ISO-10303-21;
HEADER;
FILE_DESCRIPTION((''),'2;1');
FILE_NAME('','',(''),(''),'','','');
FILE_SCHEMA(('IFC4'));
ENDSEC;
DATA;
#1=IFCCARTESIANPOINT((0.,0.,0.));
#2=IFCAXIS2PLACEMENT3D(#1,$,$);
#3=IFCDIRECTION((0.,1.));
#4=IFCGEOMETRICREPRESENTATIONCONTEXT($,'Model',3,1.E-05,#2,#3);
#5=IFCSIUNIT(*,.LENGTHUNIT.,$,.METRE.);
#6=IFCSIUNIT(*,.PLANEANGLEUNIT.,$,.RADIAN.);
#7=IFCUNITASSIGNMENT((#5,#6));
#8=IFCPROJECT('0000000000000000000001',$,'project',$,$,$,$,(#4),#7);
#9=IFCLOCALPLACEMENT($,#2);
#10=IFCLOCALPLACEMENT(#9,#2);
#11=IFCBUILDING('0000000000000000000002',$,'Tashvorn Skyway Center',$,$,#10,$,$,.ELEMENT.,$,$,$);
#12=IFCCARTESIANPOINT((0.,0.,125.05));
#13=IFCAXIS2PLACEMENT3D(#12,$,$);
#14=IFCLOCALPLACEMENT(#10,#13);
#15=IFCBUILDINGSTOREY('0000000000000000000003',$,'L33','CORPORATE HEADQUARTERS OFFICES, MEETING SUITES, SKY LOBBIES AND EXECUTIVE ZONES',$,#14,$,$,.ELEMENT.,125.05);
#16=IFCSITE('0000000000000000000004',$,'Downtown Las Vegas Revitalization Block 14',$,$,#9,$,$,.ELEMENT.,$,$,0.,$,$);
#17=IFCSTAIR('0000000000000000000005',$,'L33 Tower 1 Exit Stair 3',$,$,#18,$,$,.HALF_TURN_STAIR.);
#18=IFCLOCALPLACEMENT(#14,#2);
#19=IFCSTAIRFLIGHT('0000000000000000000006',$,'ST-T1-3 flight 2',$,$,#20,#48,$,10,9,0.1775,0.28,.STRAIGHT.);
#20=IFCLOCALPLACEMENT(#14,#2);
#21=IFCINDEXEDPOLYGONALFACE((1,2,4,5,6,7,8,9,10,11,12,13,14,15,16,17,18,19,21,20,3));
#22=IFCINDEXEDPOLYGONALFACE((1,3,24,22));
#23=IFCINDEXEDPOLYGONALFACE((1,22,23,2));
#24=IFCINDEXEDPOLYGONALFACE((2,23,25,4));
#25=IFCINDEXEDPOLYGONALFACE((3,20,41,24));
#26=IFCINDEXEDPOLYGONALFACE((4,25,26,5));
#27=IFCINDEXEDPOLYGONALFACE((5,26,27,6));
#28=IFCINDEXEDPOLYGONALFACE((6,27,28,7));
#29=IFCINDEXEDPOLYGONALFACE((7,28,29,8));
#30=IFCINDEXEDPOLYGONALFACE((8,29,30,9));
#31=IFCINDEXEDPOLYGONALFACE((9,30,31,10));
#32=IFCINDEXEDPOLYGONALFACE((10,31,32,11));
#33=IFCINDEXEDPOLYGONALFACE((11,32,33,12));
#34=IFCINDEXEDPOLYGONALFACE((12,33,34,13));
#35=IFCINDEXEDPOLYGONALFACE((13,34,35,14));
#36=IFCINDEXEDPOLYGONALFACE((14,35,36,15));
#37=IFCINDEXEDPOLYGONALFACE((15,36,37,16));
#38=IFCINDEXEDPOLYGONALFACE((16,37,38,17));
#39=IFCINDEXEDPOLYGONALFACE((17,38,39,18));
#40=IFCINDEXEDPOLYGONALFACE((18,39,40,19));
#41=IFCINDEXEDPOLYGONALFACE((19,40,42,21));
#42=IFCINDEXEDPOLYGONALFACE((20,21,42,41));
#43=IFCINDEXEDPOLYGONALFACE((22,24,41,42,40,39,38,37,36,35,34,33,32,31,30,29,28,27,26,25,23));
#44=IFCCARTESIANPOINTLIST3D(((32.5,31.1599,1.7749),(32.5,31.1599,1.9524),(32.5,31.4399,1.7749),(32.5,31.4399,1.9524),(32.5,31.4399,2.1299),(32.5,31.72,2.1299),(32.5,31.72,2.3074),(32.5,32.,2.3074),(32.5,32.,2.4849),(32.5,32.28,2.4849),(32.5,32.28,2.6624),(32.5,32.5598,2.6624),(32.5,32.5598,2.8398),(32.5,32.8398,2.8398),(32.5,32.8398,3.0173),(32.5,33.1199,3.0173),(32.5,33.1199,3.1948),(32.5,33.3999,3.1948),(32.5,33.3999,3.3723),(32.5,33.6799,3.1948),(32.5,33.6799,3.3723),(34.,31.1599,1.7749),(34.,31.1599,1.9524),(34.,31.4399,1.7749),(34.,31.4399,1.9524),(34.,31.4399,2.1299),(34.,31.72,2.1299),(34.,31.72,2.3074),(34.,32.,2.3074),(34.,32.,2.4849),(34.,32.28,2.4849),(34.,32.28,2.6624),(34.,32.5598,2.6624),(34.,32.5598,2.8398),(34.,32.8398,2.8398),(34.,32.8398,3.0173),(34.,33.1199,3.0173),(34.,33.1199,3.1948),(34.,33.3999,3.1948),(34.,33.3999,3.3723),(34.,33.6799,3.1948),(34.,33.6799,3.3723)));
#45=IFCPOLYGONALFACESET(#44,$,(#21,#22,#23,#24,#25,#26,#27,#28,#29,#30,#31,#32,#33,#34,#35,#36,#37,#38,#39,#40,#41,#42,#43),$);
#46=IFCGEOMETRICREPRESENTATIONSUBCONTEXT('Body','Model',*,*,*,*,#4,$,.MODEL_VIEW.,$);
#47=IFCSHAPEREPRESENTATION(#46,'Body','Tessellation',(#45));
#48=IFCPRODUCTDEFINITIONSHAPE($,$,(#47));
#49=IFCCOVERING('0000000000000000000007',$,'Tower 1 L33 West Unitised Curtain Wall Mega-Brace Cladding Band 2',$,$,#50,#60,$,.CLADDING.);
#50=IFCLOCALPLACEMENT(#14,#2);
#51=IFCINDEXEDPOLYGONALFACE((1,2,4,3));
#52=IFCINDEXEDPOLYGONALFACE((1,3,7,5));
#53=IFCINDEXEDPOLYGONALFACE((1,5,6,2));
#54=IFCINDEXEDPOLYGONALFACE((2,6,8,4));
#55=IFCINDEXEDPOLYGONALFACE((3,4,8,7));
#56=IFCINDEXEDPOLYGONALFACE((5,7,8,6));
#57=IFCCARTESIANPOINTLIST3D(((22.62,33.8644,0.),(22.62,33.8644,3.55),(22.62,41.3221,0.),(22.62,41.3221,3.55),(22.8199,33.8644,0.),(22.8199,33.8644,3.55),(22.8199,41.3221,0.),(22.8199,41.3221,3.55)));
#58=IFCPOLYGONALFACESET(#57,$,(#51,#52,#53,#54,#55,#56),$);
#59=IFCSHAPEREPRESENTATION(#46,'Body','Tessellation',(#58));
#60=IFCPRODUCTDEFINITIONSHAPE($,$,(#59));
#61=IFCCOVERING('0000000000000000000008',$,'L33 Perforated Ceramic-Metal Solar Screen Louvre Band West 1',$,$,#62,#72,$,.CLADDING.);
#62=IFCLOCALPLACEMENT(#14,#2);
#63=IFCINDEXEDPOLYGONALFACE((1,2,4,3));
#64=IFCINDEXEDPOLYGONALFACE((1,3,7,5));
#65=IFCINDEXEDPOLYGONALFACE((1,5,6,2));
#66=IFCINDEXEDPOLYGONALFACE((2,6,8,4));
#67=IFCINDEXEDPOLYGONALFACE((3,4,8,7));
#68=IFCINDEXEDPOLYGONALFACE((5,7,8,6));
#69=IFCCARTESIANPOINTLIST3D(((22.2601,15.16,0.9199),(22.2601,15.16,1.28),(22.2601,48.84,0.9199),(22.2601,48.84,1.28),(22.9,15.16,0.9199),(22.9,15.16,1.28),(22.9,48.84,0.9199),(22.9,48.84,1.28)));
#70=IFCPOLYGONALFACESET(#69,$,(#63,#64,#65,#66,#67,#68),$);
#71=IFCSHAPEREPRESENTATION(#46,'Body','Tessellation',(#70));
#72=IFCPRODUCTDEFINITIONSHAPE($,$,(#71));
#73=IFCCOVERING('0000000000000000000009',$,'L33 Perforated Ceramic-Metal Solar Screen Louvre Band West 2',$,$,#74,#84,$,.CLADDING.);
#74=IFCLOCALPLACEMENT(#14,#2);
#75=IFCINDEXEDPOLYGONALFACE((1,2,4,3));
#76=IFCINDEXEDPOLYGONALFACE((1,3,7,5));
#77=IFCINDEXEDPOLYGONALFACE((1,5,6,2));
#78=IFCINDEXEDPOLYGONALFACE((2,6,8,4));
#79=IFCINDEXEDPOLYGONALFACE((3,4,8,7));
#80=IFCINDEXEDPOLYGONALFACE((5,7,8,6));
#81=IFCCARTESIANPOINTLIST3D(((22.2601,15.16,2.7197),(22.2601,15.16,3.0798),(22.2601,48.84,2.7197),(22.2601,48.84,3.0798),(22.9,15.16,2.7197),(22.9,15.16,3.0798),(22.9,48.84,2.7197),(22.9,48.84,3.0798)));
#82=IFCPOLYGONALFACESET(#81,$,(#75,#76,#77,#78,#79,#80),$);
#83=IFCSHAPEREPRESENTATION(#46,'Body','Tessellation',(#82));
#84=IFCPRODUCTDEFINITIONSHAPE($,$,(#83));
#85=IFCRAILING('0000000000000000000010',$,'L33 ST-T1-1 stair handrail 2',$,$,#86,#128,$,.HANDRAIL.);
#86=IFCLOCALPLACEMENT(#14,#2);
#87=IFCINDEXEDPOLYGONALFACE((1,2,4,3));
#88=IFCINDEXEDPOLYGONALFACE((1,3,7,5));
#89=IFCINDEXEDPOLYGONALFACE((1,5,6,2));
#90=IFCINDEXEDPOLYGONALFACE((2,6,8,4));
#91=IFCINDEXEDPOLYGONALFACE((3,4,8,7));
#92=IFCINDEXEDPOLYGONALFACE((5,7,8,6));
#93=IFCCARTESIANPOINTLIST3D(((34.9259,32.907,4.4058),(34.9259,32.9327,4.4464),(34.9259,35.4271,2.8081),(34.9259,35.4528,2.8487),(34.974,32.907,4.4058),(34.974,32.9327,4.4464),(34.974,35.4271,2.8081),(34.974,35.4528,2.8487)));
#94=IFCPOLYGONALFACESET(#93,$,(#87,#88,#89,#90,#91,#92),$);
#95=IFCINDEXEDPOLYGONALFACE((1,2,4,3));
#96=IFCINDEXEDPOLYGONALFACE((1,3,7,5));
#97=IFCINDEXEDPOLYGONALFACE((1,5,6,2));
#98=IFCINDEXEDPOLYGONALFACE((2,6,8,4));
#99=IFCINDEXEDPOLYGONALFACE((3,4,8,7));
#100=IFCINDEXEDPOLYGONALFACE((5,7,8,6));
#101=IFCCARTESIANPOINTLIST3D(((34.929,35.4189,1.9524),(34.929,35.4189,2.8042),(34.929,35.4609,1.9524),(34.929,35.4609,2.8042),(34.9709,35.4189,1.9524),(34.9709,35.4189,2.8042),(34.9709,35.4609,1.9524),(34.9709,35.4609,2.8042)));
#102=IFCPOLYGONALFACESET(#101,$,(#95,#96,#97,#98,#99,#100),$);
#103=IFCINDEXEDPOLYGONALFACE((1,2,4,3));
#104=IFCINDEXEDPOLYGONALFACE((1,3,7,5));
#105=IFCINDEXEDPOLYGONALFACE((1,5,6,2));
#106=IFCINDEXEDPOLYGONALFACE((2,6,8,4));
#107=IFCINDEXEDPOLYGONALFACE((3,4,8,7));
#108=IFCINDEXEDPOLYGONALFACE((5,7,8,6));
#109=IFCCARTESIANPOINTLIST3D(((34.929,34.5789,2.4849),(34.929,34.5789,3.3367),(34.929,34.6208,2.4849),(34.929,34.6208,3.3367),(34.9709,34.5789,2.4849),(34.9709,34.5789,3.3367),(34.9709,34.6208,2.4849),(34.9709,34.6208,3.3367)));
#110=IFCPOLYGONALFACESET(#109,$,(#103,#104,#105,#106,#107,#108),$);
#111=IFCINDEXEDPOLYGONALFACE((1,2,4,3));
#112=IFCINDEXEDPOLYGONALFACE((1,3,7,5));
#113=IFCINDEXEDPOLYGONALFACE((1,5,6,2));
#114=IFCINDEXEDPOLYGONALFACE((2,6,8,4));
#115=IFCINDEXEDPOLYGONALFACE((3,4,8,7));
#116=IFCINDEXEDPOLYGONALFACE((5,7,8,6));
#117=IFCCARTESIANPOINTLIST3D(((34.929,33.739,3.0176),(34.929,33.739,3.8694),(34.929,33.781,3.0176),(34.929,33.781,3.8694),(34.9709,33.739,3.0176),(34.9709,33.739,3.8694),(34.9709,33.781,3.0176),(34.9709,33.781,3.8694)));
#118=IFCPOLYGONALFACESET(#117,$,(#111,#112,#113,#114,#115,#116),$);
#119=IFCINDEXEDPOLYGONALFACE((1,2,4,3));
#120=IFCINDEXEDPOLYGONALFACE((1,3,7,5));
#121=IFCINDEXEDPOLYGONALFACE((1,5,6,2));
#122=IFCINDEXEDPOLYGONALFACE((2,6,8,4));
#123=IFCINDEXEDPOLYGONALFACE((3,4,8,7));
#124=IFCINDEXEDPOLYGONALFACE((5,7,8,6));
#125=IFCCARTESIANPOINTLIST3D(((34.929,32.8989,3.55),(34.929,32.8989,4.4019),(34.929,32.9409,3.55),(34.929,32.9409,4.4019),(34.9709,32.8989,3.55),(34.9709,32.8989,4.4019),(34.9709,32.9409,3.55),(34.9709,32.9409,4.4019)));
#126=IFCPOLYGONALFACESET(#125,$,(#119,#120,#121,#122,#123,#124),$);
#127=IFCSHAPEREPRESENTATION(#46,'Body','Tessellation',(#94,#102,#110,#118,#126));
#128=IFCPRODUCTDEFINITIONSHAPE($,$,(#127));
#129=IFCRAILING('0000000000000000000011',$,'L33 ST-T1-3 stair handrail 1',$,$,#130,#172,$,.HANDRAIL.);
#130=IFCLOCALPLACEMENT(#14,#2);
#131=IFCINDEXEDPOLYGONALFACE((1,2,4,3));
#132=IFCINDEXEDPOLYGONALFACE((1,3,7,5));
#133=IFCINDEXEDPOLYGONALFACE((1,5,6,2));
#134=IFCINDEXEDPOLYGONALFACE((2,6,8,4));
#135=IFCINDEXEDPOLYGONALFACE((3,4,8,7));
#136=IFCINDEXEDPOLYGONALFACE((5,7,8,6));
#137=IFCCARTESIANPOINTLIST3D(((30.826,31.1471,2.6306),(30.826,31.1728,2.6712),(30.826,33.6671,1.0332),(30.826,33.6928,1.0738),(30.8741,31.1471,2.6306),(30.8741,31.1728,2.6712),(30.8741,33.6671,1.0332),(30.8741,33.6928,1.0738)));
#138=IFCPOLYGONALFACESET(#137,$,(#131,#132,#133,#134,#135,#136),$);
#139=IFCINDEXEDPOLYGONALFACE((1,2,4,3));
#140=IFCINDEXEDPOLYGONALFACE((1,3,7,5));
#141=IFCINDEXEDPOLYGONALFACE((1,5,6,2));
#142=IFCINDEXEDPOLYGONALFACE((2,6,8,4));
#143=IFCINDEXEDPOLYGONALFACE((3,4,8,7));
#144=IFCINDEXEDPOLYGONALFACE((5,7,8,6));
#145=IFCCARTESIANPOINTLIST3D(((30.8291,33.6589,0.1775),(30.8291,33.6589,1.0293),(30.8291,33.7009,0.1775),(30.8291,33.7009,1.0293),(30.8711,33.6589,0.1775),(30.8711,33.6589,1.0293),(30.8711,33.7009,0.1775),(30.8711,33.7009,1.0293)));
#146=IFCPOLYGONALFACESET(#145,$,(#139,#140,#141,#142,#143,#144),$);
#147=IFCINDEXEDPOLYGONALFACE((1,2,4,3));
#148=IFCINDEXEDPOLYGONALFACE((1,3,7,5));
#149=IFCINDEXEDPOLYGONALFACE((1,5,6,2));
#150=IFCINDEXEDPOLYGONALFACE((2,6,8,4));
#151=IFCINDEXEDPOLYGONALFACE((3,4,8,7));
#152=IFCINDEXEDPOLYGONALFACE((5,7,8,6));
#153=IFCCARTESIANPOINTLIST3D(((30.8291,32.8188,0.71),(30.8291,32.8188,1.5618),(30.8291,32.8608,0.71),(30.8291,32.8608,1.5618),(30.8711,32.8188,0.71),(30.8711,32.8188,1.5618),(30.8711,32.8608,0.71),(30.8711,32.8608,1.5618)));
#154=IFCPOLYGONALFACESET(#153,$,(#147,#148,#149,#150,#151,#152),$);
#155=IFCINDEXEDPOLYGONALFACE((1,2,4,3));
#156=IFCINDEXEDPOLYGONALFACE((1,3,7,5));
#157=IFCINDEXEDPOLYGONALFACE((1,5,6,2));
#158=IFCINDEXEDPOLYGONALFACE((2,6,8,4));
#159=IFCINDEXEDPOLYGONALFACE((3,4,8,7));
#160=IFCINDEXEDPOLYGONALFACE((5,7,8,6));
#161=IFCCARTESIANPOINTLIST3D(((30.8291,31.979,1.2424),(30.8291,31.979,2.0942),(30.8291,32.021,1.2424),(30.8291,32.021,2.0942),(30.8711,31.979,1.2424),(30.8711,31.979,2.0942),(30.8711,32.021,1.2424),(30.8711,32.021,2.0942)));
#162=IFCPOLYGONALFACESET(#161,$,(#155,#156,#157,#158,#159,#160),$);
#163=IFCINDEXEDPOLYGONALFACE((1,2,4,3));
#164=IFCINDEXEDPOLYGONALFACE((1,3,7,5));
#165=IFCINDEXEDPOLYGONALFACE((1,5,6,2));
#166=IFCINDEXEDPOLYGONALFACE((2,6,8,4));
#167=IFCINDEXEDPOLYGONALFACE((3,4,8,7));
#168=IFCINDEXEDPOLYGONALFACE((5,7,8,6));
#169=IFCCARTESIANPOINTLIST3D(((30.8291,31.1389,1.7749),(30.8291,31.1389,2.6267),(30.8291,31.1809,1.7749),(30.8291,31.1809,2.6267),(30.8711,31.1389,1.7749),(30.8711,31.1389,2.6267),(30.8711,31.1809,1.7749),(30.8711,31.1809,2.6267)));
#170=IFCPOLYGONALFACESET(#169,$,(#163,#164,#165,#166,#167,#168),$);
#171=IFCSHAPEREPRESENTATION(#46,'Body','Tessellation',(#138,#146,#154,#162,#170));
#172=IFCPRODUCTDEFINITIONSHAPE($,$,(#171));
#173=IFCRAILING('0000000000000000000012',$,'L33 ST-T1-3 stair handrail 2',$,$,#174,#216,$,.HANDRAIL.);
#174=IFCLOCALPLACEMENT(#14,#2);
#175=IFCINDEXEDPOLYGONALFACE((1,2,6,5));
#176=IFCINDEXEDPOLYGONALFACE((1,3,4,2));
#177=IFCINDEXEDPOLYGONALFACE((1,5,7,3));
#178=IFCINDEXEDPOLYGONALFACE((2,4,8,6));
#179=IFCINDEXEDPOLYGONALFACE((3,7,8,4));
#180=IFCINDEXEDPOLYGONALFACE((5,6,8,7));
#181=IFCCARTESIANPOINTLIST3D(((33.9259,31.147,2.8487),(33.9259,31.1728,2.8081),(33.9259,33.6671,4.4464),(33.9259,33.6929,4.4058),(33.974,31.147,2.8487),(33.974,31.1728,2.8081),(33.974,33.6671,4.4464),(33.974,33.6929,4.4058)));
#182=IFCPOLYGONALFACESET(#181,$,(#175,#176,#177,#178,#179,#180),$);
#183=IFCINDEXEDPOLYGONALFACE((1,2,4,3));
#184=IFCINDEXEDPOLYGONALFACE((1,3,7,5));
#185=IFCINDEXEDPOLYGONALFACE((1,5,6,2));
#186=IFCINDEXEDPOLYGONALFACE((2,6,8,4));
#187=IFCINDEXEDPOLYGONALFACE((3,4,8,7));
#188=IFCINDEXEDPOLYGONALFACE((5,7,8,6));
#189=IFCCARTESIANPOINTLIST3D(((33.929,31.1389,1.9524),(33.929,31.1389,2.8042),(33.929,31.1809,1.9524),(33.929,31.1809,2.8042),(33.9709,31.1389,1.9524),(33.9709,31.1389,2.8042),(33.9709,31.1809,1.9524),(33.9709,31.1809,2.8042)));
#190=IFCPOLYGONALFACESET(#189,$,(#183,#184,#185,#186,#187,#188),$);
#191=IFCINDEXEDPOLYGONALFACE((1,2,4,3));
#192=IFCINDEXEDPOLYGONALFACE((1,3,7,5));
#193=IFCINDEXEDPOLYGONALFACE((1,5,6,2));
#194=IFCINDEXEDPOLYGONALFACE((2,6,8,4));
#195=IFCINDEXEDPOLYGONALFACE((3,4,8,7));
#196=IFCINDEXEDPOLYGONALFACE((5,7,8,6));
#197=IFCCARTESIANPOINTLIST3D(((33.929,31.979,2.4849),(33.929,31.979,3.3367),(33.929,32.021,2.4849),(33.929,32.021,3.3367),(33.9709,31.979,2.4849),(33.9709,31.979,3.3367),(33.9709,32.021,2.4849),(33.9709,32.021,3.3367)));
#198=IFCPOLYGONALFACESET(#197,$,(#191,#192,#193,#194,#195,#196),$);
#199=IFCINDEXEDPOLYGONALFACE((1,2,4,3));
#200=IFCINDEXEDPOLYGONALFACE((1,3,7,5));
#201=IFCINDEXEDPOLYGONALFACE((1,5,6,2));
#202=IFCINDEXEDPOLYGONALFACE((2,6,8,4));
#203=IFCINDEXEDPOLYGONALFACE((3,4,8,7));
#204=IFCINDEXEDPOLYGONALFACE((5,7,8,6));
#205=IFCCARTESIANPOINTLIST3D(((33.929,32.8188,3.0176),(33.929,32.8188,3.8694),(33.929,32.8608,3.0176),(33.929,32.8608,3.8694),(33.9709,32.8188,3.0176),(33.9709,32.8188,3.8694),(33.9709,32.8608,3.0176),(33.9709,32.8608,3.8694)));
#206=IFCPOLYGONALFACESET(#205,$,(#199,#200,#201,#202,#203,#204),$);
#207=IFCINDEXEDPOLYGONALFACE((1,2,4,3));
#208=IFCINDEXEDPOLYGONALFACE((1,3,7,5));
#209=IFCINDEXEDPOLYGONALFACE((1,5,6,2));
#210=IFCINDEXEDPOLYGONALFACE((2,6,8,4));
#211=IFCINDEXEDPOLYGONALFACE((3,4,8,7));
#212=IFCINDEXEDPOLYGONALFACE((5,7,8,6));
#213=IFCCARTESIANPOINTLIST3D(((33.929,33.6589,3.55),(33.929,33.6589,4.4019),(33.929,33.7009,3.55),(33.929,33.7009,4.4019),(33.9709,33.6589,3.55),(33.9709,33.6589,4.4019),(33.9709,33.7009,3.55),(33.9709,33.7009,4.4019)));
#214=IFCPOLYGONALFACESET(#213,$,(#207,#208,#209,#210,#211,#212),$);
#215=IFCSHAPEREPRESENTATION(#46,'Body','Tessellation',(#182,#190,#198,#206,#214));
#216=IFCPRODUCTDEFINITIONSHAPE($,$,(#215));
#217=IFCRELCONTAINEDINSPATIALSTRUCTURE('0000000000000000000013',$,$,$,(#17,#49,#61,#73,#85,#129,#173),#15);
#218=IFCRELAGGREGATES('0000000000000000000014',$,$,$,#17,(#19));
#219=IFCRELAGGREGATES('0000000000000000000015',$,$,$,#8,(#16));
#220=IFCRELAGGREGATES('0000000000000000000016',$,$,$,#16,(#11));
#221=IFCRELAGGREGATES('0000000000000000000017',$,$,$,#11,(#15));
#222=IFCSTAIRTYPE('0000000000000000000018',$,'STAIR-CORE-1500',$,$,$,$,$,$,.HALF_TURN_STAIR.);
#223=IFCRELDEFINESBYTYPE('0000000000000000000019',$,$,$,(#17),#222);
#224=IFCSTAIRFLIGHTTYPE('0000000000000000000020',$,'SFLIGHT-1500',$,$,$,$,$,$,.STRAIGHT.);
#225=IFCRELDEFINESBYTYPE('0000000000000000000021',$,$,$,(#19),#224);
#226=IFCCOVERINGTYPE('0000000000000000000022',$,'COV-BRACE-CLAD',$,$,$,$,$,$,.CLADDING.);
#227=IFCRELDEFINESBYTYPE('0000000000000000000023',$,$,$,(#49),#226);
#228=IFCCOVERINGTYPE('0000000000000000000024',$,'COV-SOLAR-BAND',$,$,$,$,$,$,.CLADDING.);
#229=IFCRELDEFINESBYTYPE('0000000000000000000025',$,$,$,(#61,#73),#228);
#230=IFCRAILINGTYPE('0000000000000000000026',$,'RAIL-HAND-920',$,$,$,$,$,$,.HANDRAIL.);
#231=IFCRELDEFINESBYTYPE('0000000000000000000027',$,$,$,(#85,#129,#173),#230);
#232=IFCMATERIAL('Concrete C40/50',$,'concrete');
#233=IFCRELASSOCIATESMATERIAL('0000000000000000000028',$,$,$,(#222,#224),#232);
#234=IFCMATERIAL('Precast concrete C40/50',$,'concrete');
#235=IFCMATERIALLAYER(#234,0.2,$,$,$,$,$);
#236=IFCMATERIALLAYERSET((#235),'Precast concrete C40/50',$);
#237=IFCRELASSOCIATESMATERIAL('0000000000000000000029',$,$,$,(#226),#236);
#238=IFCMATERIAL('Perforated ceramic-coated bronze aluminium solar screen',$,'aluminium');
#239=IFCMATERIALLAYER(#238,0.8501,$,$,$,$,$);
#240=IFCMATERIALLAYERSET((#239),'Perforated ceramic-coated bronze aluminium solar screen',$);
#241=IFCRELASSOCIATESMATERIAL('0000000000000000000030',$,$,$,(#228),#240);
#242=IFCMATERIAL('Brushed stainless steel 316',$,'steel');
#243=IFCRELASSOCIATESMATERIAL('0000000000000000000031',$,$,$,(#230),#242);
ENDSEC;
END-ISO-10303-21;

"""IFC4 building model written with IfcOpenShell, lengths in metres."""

from ifc_helpers import new_model, si_unit, direction, frame, origin, origin_2d, place, context, subcontext, project, spatial, polyline, rectangle, outline, extrude, material, layer, layer_set, type_object, element, aggregate, save


model = new_model("IFC4")

# Units and contexts
model_context = context("Model", 3, precision=1e-05, world=origin(), true_north=direction((0.0, 1.0)))
body_context = subcontext(model_context, "Body", "Model", "MODEL_VIEW")
ifc_project = project(units=[si_unit("LENGTHUNIT", "METRE"), si_unit("PLANEANGLEUNIT", "RADIAN")], contexts=[model_context])

# Site, building, storey
site_placement = place(None, origin())
site = spatial("IfcSite", under=ifc_project, at=site_placement, Name="Downtown Las Vegas Revitalization Block 14", CompositionType="ELEMENT", RefElevation=0.0)
building_placement = place(site_placement, origin())
building = spatial("IfcBuilding", under=site, at=building_placement, Name="Tashvorn Skyway Center", CompositionType="ELEMENT")
storey_placement = place(building_placement, frame((0.0, 0.0, 125.05)))
storey = spatial("IfcBuildingStorey", under=building, at=storey_placement, Name="L33", Description="CORPORATE HEADQUARTERS OFFICES, MEETING SUITES, SKY LOBBIES AND EXECUTIVE ZONES", CompositionType="ELEMENT", Elevation=125.05)

# Shared definitions
ifc_material_1 = material(Name="Concrete C40/50", Category="concrete")

# Shared definitions
stair_type = type_object("IfcStairType", Name="STAIR-CORE-1500", PredefinedType="HALF_TURN_STAIR", material=ifc_material_1)
stair_flight_type = type_object("IfcStairFlightType", Name="SFLIGHT-1500", PredefinedType="STRAIGHT", material=ifc_material_1)

# Stair, stair flight
stair_1_placement = place(storey_placement, origin())
stair_1 = element("IfcStair", 1, at=stair_1_placement, inside=storey, type_object=stair_type, Name="L33 Tower 1 Exit Stair 3", PredefinedType="HALF_TURN_STAIR")
stair_flight_1_placement = place(storey_placement, frame((33.25, 31.1599, 1.7749), z_axis=(0.0, 0.0, 1.0), x_axis=(0.0, 1.0, 0.0)))
stair_flight_1 = element("IfcStairFlight", 2, at=stair_flight_1_placement, type_object=stair_flight_type, Name="ST-T1-3 flight 2", NumberOfRisers=10, NumberOfTreads=9, PredefinedType="STRAIGHT", RiserHeight=0.1775, TreadLength=0.28, context=body_context, shape_type="SweptSolid", body=[
    extrude(outline(polyline([(0.0, 0.0), (0.0, 0.1775), (0.28, 0.1775), (0.28, 0.355), (0.5601, 0.355), (0.5601, 0.5325), (0.8401, 0.5325), (0.8401, 0.71), (1.1201, 0.71), (1.1201, 0.8875), (1.3999, 0.8875), (1.3999, 1.0649), (1.6799, 1.0649), (1.6799, 1.2424), (1.96, 1.2424), (1.96, 1.4199), (2.24, 1.4199), (2.24, 1.5974), (2.52, 1.5974), (2.52, 1.7749), (2.52, 1.4199), (0.28, 0.0), (0.0, 0.0)])), frame((0.0, 0.75, 0.0), z_axis=(0.0, -1.0, 0.0), x_axis=(1.0, 0.0, 0.0)), (0.0, 0.0, 1.0), 1.5),
])
aggregate(stair_1, [stair_flight_1])

# Coverings
ifc_material_2 = material(Name="Precast concrete C40/50", Category="concrete")
ifc_layer_1 = layer(ifc_material_2, 0.2)
ifc_layer_set_1 = layer_set([ifc_layer_1], Name="Precast concrete C40/50")
covering_type_1 = type_object("IfcCoveringType", Name="COV-BRACE-CLAD", PredefinedType="CLADDING", material=ifc_layer_set_1)
covering_placement = place(storey_placement, frame((22.72, 37.5933, 0.0), z_axis=(0.0, 0.0, 1.0), x_axis=(0.0, 1.0, 0.0)))
element("IfcCovering", 3, at=covering_placement, inside=storey, type_object=covering_type_1, Name="Tower 1 L33 West Unitised Curtain Wall Mega-Brace Cladding Band 2", PredefinedType="CLADDING", context=body_context, shape_type="SweptSolid", body=[
    extrude(rectangle(XDim=7.4578, YDim=0.2, at=origin_2d()), origin(), (0.0, 0.0, 1.0), 3.55),
])
ifc_material_3 = material(Name="Perforated ceramic-coated bronze aluminium solar screen", Category="aluminium")
ifc_layer_2 = layer(ifc_material_3, 0.8501)
ifc_layer_set_2 = layer_set([ifc_layer_2], Name="Perforated ceramic-coated bronze aluminium solar screen")
covering_type_2 = type_object("IfcCoveringType", Name="COV-SOLAR-BAND", PredefinedType="CLADDING", material=ifc_layer_set_2)
for number, where, z_axis, x_axis, name in (
    (4, (22.5801, 32.0, 0.9199), (0.0, 0.0, 1.0), (0.0, 1.0, 0.0), "L33 Perforated Ceramic-Metal Solar Screen Louvre Band West 1"),
    (5, (22.5801, 32.0, 2.7197), (0.0, 0.0, 1.0), (0.0, 1.0, 0.0), "L33 Perforated Ceramic-Metal Solar Screen Louvre Band West 2"),
):
    element("IfcCovering", number, at=place(storey_placement, frame(where, z_axis=z_axis, x_axis=x_axis)), inside=storey, type_object=covering_type_2, Name=name, PredefinedType="CLADDING", context=body_context, shape_type="SweptSolid", body=[
        extrude(rectangle(XDim=33.6799, YDim=0.6399, at=origin_2d()), origin(), (0.0, 0.0, 1.0), 0.3601),
    ])

# Railings
ifc_material_4 = material(Name="Brushed stainless steel 316", Category="steel")
railing_type_1 = type_object("IfcRailingType", Name="RAIL-HAND-920", PredefinedType="HANDRAIL", material=ifc_material_4)
railing_1_placement = place(storey_placement, frame((34.95, 35.4399, 1.9524)))
element("IfcRailing", 6, at=railing_1_placement, inside=storey, type_object=railing_type_1, Name="L33 ST-T1-1 stair handrail 2", PredefinedType="HANDRAIL", context=body_context, shape_type="SweptSolid", body=[
    extrude(rectangle(XDim=0.0481, YDim=0.0481, at=origin_2d()), frame((0.0, 0.0, 0.876), z_axis=(0.0, -0.84457, 0.535445), x_axis=(1.0, 0.0, 0.0)), (0.0, 0.0, 1.0), 2.9839),
    extrude(rectangle(XDim=0.042, YDim=0.042, at=origin_2d()), origin(), (0.0, 0.0, 1.0), 0.8518),
    extrude(rectangle(XDim=0.042, YDim=0.042, at=origin_2d()), frame((0.0, -0.8401, 0.5325)), (0.0, 0.0, 1.0), 0.8518),
    extrude(rectangle(XDim=0.042, YDim=0.042, at=origin_2d()), frame((0.0, -1.6799, 1.0652)), (0.0, 0.0, 1.0), 0.8518),
    extrude(rectangle(XDim=0.042, YDim=0.042, at=origin_2d()), frame((0.0, -2.52, 1.5977)), (0.0, 0.0, 1.0), 0.8518),
])
railing_2_placement = place(storey_placement, frame((30.8501, 33.6799, 0.1775)))
element("IfcRailing", 7, at=railing_2_placement, inside=storey, type_object=railing_type_1, Name="L33 ST-T1-3 stair handrail 1", PredefinedType="HANDRAIL", context=body_context, shape_type="SweptSolid", body=[
    extrude(rectangle(XDim=0.0481, YDim=0.0481, at=origin_2d()), frame((0.0, 0.0, 0.876), z_axis=(0.0, -0.844607, 0.535387), x_axis=(1.0, 0.0, 0.0)), (0.0, 0.0, 1.0), 2.9836),
    extrude(rectangle(XDim=0.042, YDim=0.042, at=origin_2d()), origin(), (0.0, 0.0, 1.0), 0.8518),
    extrude(rectangle(XDim=0.042, YDim=0.042, at=origin_2d()), frame((0.0, -0.8401, 0.5325)), (0.0, 0.0, 1.0), 0.8518),
    extrude(rectangle(XDim=0.042, YDim=0.042, at=origin_2d()), frame((0.0, -1.6799, 1.0649)), (0.0, 0.0, 1.0), 0.8518),
    extrude(rectangle(XDim=0.042, YDim=0.042, at=origin_2d()), frame((0.0, -2.52, 1.5974)), (0.0, 0.0, 1.0), 0.8518),
])
railing_3_placement = place(storey_placement, frame((33.95, 31.1599, 1.9524)))
element("IfcRailing", 8, at=railing_3_placement, inside=storey, type_object=railing_type_1, Name="L33 ST-T1-3 stair handrail 2", PredefinedType="HANDRAIL", context=body_context, shape_type="SweptSolid", body=[
    extrude(rectangle(XDim=0.0481, YDim=0.0481, at=origin_2d()), frame((0.0, 0.0, 0.876), z_axis=(0.0, 0.84457, 0.535445), x_axis=(-1.0, 0.0, 0.0)), (0.0, 0.0, 1.0), 2.9839),
    extrude(rectangle(XDim=0.042, YDim=0.042, at=origin_2d()), origin(), (0.0, 0.0, 1.0), 0.8518),
    extrude(rectangle(XDim=0.042, YDim=0.042, at=origin_2d()), frame((0.0, 0.8401, 0.5325)), (0.0, 0.0, 1.0), 0.8518),
    extrude(rectangle(XDim=0.042, YDim=0.042, at=origin_2d()), frame((0.0, 1.6799, 1.0652)), (0.0, 0.0, 1.0), 0.8518),
    extrude(rectangle(XDim=0.042, YDim=0.042, at=origin_2d()), frame((0.0, 2.52, 1.5977)), (0.0, 0.0, 1.0), 0.8518),
])

save(model, "model.ifc")
